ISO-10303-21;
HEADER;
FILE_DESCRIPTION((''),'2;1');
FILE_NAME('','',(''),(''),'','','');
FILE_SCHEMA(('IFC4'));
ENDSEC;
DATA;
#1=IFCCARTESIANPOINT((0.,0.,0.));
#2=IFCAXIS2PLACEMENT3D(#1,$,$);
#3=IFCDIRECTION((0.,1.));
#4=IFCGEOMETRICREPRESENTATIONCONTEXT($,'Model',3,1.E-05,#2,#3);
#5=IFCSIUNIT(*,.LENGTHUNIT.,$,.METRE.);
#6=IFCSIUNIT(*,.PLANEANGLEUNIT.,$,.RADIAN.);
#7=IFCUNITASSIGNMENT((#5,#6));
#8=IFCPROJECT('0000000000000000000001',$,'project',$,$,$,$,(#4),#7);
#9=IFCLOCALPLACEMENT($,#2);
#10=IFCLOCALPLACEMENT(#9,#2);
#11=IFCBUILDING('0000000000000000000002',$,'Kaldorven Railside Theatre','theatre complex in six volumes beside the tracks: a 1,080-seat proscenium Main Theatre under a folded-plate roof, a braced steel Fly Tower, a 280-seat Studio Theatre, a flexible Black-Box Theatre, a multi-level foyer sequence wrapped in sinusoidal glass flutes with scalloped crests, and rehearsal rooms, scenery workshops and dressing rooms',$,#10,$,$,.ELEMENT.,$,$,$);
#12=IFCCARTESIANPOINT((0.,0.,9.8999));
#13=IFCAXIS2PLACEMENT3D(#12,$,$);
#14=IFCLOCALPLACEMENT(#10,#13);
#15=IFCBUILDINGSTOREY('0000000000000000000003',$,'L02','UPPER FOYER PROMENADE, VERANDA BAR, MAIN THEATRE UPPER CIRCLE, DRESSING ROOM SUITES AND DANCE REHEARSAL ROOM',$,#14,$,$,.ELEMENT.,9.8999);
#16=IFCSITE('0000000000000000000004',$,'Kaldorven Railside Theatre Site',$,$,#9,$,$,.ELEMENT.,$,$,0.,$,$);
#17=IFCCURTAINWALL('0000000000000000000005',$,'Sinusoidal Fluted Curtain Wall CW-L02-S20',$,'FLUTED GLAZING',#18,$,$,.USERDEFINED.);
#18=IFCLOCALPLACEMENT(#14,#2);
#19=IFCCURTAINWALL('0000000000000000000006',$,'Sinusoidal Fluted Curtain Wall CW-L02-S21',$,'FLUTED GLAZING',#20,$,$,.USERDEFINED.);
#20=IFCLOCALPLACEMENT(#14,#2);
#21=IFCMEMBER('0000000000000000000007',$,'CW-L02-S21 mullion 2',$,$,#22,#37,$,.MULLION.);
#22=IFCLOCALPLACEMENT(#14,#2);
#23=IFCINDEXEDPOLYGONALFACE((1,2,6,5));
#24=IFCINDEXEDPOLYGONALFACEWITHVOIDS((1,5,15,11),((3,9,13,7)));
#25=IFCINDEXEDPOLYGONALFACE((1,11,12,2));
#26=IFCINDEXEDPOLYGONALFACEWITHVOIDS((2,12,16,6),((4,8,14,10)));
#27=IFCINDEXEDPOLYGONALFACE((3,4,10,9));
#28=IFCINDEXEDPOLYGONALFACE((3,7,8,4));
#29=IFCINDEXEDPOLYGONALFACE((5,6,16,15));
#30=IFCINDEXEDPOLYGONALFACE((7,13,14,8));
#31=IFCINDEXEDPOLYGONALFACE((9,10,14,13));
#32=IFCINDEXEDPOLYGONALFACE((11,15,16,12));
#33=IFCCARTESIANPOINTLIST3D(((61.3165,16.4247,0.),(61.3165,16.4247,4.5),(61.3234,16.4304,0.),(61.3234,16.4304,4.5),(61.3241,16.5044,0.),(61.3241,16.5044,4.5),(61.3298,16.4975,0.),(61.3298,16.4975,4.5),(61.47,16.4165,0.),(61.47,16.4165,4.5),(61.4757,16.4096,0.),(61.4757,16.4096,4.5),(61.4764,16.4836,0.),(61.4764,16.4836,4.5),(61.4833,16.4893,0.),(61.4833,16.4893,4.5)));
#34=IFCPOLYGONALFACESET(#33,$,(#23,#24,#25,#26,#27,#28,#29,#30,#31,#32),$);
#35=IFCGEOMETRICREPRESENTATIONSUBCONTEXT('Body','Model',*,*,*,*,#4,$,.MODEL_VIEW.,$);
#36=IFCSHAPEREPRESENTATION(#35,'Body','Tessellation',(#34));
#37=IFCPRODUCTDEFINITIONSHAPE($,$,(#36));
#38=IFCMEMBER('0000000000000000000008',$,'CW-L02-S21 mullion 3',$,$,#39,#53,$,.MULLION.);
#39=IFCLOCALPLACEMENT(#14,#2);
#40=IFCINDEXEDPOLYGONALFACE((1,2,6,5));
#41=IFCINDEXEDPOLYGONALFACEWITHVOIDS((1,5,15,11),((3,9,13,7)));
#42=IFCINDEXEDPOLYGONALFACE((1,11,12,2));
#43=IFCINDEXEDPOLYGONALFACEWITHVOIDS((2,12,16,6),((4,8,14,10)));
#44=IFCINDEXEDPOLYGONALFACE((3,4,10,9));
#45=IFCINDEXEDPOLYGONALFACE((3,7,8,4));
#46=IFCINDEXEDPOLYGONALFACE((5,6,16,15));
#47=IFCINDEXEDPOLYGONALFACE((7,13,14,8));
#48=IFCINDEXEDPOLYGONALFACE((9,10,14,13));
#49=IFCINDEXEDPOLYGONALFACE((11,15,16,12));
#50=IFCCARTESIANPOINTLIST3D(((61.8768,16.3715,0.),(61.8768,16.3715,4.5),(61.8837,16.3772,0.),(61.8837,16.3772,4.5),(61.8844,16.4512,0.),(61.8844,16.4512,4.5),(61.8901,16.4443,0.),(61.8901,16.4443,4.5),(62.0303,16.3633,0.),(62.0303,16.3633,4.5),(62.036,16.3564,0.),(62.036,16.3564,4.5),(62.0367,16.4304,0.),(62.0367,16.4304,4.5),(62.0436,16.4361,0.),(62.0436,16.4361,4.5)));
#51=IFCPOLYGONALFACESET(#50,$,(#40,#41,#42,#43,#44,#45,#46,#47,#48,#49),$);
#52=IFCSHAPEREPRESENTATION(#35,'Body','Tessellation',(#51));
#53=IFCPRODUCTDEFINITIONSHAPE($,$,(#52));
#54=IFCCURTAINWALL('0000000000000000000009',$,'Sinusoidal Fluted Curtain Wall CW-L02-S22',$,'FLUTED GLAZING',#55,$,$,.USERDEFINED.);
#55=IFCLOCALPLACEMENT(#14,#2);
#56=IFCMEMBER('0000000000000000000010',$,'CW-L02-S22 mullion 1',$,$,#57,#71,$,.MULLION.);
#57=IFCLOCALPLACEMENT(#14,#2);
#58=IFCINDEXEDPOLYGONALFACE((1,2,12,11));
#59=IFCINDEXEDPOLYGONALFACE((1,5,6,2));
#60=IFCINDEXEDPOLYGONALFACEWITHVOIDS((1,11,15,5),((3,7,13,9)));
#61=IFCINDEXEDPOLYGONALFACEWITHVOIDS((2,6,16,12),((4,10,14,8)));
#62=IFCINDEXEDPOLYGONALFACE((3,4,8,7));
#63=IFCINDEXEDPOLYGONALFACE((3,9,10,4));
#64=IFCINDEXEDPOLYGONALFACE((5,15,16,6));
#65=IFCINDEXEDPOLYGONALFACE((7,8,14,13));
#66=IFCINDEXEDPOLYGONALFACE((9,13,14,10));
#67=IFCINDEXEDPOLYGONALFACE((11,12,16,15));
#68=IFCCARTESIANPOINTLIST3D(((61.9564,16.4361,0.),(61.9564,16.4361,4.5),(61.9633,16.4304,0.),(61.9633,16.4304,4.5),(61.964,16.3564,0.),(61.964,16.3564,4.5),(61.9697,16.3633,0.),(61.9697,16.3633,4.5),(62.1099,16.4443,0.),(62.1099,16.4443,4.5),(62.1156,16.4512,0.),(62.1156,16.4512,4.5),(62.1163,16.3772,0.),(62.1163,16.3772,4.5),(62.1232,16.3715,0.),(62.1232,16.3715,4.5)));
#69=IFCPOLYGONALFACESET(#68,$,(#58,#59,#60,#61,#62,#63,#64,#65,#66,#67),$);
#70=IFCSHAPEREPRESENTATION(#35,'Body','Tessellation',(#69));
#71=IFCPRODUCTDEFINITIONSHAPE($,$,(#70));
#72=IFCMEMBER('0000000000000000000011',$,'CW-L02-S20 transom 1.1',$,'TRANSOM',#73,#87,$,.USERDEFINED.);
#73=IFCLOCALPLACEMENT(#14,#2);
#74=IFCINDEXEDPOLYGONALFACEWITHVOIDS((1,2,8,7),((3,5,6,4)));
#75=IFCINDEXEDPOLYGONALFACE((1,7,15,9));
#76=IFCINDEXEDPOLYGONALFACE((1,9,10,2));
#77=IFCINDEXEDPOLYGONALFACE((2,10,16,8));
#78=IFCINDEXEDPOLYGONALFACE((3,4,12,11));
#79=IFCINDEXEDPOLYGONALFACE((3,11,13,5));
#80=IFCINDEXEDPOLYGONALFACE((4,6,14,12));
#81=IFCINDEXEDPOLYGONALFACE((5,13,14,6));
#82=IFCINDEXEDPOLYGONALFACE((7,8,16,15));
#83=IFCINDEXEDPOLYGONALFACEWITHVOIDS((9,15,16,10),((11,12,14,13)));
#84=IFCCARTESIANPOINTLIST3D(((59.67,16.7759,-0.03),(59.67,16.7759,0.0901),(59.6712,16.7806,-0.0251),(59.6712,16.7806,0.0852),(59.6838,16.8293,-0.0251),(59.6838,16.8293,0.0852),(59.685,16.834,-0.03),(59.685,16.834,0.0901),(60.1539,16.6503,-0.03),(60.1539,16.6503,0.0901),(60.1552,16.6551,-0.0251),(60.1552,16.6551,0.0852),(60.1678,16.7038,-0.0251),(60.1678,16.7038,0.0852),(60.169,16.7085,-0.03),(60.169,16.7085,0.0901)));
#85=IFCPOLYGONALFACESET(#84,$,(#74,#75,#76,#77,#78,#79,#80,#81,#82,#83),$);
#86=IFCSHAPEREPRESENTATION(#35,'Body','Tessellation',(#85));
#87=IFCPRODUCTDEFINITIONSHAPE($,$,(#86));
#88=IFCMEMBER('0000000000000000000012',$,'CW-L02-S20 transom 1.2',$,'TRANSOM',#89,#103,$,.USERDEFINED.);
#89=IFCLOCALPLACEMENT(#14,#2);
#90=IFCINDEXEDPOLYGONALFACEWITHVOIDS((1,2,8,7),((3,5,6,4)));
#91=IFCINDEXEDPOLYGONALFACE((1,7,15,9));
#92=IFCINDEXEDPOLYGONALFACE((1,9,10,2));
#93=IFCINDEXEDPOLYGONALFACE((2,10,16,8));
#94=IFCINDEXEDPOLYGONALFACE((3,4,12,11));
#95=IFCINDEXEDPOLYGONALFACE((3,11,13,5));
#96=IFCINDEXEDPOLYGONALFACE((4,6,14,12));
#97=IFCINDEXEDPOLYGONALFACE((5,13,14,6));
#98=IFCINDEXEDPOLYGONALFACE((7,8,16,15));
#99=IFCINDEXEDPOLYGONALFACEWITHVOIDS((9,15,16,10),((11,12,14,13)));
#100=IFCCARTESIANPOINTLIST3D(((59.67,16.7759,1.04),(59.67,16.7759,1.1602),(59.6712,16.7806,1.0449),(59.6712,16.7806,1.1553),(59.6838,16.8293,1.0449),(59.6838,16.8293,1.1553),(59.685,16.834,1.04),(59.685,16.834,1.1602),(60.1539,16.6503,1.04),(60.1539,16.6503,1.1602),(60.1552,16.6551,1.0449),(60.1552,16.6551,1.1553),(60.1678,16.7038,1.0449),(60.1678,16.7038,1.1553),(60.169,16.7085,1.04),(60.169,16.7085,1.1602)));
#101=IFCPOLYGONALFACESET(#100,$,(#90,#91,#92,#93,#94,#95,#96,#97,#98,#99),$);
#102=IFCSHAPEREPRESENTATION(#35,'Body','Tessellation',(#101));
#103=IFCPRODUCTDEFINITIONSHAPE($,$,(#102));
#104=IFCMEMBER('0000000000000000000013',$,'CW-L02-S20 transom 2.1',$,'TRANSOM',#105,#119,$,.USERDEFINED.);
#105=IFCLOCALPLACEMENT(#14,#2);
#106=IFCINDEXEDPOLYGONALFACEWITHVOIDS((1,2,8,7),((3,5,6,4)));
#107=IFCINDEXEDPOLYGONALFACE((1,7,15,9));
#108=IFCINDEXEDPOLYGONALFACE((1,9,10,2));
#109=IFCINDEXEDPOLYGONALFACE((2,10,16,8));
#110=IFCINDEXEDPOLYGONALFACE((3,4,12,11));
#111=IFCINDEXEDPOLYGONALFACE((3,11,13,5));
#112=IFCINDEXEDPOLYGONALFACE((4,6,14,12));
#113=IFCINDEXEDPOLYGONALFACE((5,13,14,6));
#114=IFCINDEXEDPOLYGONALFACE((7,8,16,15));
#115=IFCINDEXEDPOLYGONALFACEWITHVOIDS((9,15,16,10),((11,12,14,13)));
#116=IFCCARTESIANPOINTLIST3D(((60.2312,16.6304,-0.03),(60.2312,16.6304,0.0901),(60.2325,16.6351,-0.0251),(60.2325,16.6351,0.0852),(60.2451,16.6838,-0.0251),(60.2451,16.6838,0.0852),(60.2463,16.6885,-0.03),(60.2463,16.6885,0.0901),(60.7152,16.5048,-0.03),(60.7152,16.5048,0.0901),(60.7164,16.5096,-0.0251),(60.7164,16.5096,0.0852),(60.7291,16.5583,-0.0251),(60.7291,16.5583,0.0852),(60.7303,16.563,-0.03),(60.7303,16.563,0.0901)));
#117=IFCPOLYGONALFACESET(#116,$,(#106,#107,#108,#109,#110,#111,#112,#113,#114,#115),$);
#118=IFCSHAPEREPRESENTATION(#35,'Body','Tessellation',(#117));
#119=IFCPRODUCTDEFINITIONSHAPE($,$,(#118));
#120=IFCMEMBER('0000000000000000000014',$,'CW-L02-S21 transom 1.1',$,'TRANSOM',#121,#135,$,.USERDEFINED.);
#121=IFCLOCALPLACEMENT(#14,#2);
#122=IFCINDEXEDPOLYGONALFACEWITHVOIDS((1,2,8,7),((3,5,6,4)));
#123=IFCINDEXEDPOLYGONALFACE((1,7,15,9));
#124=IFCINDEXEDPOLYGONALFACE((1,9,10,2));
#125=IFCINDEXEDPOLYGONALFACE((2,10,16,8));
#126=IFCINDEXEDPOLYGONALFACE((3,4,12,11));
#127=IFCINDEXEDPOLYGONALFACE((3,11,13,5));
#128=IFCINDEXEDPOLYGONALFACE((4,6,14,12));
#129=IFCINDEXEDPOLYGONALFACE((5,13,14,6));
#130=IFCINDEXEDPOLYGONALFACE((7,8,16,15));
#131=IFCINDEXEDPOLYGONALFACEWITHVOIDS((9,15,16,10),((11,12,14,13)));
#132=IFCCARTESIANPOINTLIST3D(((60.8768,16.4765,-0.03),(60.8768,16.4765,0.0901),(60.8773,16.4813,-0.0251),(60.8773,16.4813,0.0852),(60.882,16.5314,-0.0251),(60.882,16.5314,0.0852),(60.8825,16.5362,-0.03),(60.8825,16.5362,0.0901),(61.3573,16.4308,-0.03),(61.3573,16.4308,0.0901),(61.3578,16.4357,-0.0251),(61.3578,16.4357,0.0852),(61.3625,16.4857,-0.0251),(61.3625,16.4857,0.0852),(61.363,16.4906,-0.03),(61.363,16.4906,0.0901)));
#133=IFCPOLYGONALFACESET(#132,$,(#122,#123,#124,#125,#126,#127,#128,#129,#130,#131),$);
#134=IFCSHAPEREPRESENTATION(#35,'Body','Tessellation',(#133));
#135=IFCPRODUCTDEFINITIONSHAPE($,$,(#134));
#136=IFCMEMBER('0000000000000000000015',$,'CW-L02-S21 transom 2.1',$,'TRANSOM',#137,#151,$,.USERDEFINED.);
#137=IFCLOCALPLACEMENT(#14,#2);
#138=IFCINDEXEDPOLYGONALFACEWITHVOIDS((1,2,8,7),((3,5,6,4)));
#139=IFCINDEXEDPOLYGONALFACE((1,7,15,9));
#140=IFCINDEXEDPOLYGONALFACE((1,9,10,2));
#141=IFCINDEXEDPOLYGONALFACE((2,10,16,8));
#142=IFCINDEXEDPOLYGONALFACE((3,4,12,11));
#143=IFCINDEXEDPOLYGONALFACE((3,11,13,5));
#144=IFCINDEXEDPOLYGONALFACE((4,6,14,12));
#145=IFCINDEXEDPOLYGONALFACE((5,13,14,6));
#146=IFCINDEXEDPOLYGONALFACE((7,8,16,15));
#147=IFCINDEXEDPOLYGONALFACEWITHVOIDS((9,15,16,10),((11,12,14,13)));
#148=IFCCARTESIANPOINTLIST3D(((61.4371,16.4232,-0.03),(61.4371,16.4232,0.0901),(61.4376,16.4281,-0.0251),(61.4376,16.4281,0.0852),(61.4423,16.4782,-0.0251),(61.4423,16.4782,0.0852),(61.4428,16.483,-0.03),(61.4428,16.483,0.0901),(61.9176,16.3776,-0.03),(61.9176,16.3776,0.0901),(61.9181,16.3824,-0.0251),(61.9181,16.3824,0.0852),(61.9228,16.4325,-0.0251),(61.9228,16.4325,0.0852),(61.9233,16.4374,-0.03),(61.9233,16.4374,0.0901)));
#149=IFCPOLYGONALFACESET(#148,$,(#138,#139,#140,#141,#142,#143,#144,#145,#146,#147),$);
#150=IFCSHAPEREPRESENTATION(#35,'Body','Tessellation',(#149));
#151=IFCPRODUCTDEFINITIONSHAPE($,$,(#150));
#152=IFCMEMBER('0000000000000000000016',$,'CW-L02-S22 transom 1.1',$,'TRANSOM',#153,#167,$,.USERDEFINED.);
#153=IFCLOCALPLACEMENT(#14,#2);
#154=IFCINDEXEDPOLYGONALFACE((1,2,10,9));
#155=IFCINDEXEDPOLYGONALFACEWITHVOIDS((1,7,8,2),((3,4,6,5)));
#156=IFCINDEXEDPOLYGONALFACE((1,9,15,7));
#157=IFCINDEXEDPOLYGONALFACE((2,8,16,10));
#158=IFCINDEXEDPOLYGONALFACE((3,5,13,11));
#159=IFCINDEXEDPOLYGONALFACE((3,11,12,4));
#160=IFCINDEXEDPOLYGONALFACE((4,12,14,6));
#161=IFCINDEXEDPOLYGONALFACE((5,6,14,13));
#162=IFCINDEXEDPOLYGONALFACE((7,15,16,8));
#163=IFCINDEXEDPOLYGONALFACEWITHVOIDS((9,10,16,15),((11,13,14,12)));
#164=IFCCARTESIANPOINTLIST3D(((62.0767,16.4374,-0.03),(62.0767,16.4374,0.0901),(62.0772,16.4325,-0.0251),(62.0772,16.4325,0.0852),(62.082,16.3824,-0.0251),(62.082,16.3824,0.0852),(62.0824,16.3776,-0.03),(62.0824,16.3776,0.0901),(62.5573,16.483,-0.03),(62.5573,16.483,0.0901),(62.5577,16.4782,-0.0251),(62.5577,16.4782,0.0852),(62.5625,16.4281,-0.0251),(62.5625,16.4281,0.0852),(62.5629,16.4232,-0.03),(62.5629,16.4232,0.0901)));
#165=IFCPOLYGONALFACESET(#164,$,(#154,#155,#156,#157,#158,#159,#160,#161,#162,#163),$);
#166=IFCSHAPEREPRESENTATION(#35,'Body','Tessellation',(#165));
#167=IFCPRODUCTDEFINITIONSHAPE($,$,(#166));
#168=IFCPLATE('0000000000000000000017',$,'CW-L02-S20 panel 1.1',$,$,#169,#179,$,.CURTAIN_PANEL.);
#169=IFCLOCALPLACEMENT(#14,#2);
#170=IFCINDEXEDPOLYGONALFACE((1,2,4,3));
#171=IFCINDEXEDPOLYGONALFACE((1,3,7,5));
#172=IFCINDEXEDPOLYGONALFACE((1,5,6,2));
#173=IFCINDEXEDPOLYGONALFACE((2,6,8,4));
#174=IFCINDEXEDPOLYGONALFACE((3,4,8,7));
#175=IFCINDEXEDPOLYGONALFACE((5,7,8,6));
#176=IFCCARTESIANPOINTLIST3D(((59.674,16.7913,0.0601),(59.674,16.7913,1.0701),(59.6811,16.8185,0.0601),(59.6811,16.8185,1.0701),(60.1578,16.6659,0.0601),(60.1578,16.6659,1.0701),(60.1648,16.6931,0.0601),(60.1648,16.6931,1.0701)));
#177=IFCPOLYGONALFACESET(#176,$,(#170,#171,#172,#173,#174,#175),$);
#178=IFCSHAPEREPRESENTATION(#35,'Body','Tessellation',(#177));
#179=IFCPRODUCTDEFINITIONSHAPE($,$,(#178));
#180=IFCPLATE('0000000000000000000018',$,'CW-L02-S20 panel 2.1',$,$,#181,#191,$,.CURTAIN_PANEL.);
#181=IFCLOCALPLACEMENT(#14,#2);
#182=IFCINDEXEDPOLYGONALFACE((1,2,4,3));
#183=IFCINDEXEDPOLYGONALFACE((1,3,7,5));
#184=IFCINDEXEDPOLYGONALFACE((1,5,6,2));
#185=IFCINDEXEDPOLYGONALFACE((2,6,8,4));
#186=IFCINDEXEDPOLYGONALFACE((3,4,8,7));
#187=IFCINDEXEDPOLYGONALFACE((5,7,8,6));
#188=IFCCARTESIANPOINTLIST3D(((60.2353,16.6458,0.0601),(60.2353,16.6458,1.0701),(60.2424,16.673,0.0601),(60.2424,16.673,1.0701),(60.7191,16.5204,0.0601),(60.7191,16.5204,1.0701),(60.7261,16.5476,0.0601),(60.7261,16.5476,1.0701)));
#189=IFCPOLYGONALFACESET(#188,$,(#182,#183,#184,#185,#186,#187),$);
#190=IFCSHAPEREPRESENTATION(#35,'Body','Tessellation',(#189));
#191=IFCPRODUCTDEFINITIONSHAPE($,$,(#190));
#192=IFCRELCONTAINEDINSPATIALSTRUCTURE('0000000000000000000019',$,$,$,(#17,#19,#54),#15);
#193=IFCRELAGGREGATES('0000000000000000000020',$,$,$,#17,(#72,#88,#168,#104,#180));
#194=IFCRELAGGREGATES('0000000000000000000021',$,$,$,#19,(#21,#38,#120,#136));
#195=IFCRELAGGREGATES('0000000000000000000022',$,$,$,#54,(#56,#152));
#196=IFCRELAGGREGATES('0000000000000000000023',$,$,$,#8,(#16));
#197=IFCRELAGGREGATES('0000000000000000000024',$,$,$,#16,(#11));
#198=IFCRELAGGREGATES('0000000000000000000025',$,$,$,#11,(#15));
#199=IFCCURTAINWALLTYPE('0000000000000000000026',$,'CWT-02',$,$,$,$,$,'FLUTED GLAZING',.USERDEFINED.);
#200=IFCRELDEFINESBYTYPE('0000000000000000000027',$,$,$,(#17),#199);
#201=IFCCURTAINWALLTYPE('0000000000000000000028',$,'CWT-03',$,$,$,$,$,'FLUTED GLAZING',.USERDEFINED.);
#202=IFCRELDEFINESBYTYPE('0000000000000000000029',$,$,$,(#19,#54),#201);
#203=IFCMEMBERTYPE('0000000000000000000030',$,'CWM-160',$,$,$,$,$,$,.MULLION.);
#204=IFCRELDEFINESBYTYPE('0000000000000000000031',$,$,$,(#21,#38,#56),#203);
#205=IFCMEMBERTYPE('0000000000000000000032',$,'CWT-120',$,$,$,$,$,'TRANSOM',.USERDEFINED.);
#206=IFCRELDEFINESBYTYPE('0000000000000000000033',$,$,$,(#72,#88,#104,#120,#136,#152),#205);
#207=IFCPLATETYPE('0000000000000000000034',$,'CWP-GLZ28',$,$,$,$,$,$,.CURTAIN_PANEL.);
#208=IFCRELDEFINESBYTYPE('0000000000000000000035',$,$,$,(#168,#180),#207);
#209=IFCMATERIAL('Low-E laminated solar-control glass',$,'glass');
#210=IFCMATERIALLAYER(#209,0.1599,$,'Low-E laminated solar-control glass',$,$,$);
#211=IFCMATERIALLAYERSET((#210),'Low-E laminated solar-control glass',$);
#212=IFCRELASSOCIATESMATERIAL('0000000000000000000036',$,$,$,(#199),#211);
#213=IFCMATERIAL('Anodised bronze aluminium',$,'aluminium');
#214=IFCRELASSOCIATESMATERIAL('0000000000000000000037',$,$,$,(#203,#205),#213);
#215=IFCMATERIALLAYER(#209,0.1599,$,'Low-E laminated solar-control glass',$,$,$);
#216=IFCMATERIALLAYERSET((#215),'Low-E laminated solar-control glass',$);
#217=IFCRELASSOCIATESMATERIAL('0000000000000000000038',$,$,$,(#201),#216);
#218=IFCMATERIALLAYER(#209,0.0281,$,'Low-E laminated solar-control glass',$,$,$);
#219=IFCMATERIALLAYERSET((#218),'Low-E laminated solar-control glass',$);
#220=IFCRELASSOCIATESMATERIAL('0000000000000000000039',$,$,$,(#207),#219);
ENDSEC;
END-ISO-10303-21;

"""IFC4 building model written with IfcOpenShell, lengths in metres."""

from ifc_helpers import new_model, si_unit, direction, frame, origin, origin_2d, place, context, subcontext, project, spatial, rectangle, hollow_rectangle, extrude, material, layer, layer_set, material_profile, profile_set, type_object, element, aggregate, save


model = new_model("IFC4")

# Units and contexts
model_context = context("Model", 3, precision=1e-05, world=origin(), true_north=direction((0.0, 1.0)))
body_context = subcontext(model_context, "Body", "Model", "MODEL_VIEW")
ifc_project = project(units=[si_unit("LENGTHUNIT", "METRE"), si_unit("PLANEANGLEUNIT", "RADIAN")], contexts=[model_context])

# Site, building, storey
site_placement = place(None, origin())
site = spatial("IfcSite", under=ifc_project, at=site_placement, Name="Kaldorven Railside Theatre Site", CompositionType="ELEMENT", RefElevation=0.0)
building_placement = place(site_placement, origin())
building = spatial("IfcBuilding", under=site, at=building_placement, Name="Kaldorven Railside Theatre", Description="theatre complex in six volumes beside the tracks: a 1,080-seat proscenium Main Theatre under a folded-plate roof, a braced steel Fly Tower, a 280-seat Studio Theatre, a flexible Black-Box Theatre, a multi-level foyer sequence wrapped in sinusoidal glass flutes with scalloped crests, and rehearsal rooms, scenery workshops and dressing rooms", CompositionType="ELEMENT")
storey_placement = place(building_placement, frame((0.0, 0.0, 9.8999)))
storey = spatial("IfcBuildingStorey", under=building, at=storey_placement, Name="L02", Description="UPPER FOYER PROMENADE, VERANDA BAR, MAIN THEATRE UPPER CIRCLE, DRESSING ROOM SUITES AND DANCE REHEARSAL ROOM", CompositionType="ELEMENT", Elevation=9.8999)

# Curtain walls, members
ifc_material_1 = material(Name="Low-E laminated solar-control glass", Category="glass")
ifc_layer_1 = layer(ifc_material_1, 0.1599, Name="Low-E laminated solar-control glass")
ifc_layer_set_1 = layer_set([ifc_layer_1], Name="Low-E laminated solar-control glass")
curtain_wall_type_1 = type_object("IfcCurtainWallType", Name="CWT-02", ElementType="FLUTED GLAZING", PredefinedType="USERDEFINED", material=ifc_layer_set_1)
curtain_wall_1_placement = place(storey_placement, origin())
curtain_wall_1 = element("IfcCurtainWall", 1, at=curtain_wall_1_placement, inside=storey, type_object=curtain_wall_type_1, Name="Sinusoidal Fluted Curtain Wall CW-L02-S20", ObjectType="FLUTED GLAZING", PredefinedType="USERDEFINED")
ifc_material_2 = material(Name="Anodised bronze aluminium", Category="aluminium")
ifc_material_profile_1 = material_profile(ifc_material_2, hollow_rectangle(XDim=0.0801, YDim=0.1599, WallThickness=0.0063, at=origin_2d()), Name="RHS 160x80x6.3")
ifc_profile_set_1 = profile_set([ifc_material_profile_1], Name="Anodised bronze aluminium")
member_type_1 = type_object("IfcMemberType", Name="CWM-160", PredefinedType="MULLION", material=ifc_profile_set_1)
ifc_layer_2 = layer(ifc_material_1, 0.1599, Name="Low-E laminated solar-control glass")
ifc_layer_set_2 = layer_set([ifc_layer_2], Name="Low-E laminated solar-control glass")
curtain_wall_type_2 = type_object("IfcCurtainWallType", Name="CWT-03", ElementType="FLUTED GLAZING", PredefinedType="USERDEFINED", material=ifc_layer_set_2)
curtain_wall_2_placement = place(storey_placement, origin())
curtain_wall_2 = element("IfcCurtainWall", 2, at=curtain_wall_2_placement, inside=storey, type_object=curtain_wall_type_2, Name="Sinusoidal Fluted Curtain Wall CW-L02-S21", ObjectType="FLUTED GLAZING", PredefinedType="USERDEFINED")
member_1_placement = place(storey_placement, frame((61.3999, 16.457, 0.0), z_axis=(0.0, 0.0, 1.0), x_axis=(0.094492, 0.995526, 0.0)))
member_1 = element("IfcMember", 3, at=member_1_placement, type_object=member_type_1, Name="CW-L02-S21 mullion 2", PredefinedType="MULLION", context=body_context, shape_type="SweptSolid", body=[
    extrude(hollow_rectangle(XDim=0.0801, YDim=0.1599, WallThickness=0.0063, at=origin_2d()), origin(), (0.0, 0.0, 1.0), 4.5),
])
member_2_placement = place(storey_placement, frame((61.9602, 16.4038, 0.0), z_axis=(0.0, 0.0, 1.0), x_axis=(0.094492, 0.995526, 0.0)))
member_2 = element("IfcMember", 4, at=member_2_placement, type_object=member_type_1, Name="CW-L02-S21 mullion 3", PredefinedType="MULLION", context=body_context, shape_type="SweptSolid", body=[
    extrude(hollow_rectangle(XDim=0.0801, YDim=0.1599, WallThickness=0.0063, at=origin_2d()), origin(), (0.0, 0.0, 1.0), 4.5),
])

# Curtain wall, member
curtain_wall_3_placement = place(storey_placement, origin())
curtain_wall_3 = element("IfcCurtainWall", 5, at=curtain_wall_3_placement, inside=storey, type_object=curtain_wall_type_2, Name="Sinusoidal Fluted Curtain Wall CW-L02-S22", ObjectType="FLUTED GLAZING", PredefinedType="USERDEFINED")
member_3_placement = place(storey_placement, frame((62.0398, 16.4038, 0.0), z_axis=(0.0, 0.0, 1.0), x_axis=(-0.094492, 0.995526, 0.0)))
member_3 = element("IfcMember", 6, at=member_3_placement, type_object=member_type_1, Name="CW-L02-S22 mullion 1", PredefinedType="MULLION", context=body_context, shape_type="SweptSolid", body=[
    extrude(hollow_rectangle(XDim=0.0801, YDim=0.1599, WallThickness=0.0063, at=origin_2d()), origin(), (0.0, 0.0, 1.0), 4.5),
])

# Members
ifc_material_profile_2 = material_profile(ifc_material_2, hollow_rectangle(XDim=0.0601, YDim=0.1201, WallThickness=0.0049, at=origin_2d()), Name="RHS 120x60x5")
ifc_profile_set_2 = profile_set([ifc_material_profile_2], Name="Anodised bronze aluminium")
member_type_2 = type_object("IfcMemberType", Name="CWT-120", ElementType="TRANSOM", PredefinedType="USERDEFINED", material=ifc_profile_set_2)
member_4_placement = place(storey_placement, frame((59.6775, 16.8049, 0.03), z_axis=(0.967979, -0.25103, 0.0), x_axis=(0.25103, 0.967979, 0.0)))
member_4 = element("IfcMember", 7, at=member_4_placement, type_object=member_type_2, Name="CW-L02-S20 transom 1.1", ObjectType="TRANSOM", PredefinedType="USERDEFINED", context=body_context, shape_type="SweptSolid", body=[
    extrude(hollow_rectangle(XDim=0.0601, YDim=0.1201, WallThickness=0.0049, at=origin_2d()), origin(), (0.0, 0.0, 1.0), 0.5),
])
member_5_placement = place(storey_placement, frame((59.6775, 16.8049, 1.1001), z_axis=(0.967979, -0.25103, 0.0), x_axis=(0.25103, 0.967979, 0.0)))
member_5 = element("IfcMember", 8, at=member_5_placement, type_object=member_type_2, Name="CW-L02-S20 transom 1.2", ObjectType="TRANSOM", PredefinedType="USERDEFINED", context=body_context, shape_type="SweptSolid", body=[
    extrude(hollow_rectangle(XDim=0.0601, YDim=0.1201, WallThickness=0.0049, at=origin_2d()), origin(), (0.0, 0.0, 1.0), 0.5),
])
member_6_placement = place(storey_placement, frame((60.2388, 16.6594, 0.03), z_axis=(0.967979, -0.25103, 0.0), x_axis=(0.25103, 0.967979, 0.0)))
member_6 = element("IfcMember", 9, at=member_6_placement, type_object=member_type_2, Name="CW-L02-S20 transom 2.1", ObjectType="TRANSOM", PredefinedType="USERDEFINED", context=body_context, shape_type="SweptSolid", body=[
    extrude(hollow_rectangle(XDim=0.0601, YDim=0.1201, WallThickness=0.0049, at=origin_2d()), origin(), (0.0, 0.0, 1.0), 0.5),
])
member_7_placement = place(storey_placement, frame((60.8796, 16.5063, 0.03), z_axis=(0.995516, -0.094594, 0.0), x_axis=(0.094594, 0.995516, 0.0)))
member_7 = element("IfcMember", 10, at=member_7_placement, type_object=member_type_2, Name="CW-L02-S21 transom 1.1", ObjectType="TRANSOM", PredefinedType="USERDEFINED", context=body_context, shape_type="SweptSolid", body=[
    extrude(hollow_rectangle(XDim=0.0601, YDim=0.1201, WallThickness=0.0049, at=origin_2d()), origin(), (0.0, 0.0, 1.0), 0.4827),
])
member_8_placement = place(storey_placement, frame((61.4399, 16.4531, 0.03), z_axis=(0.995516, -0.094594, 0.0), x_axis=(0.094594, 0.995516, 0.0)))
member_8 = element("IfcMember", 11, at=member_8_placement, type_object=member_type_2, Name="CW-L02-S21 transom 2.1", ObjectType="TRANSOM", PredefinedType="USERDEFINED", context=body_context, shape_type="SweptSolid", body=[
    extrude(hollow_rectangle(XDim=0.0601, YDim=0.1201, WallThickness=0.0049, at=origin_2d()), origin(), (0.0, 0.0, 1.0), 0.4827),
])
member_9_placement = place(storey_placement, frame((62.0796, 16.4075, 0.03), z_axis=(0.995516, 0.094594, 0.0), x_axis=(-0.094594, 0.995516, 0.0)))
member_9 = element("IfcMember", 12, at=member_9_placement, type_object=member_type_2, Name="CW-L02-S22 transom 1.1", ObjectType="TRANSOM", PredefinedType="USERDEFINED", context=body_context, shape_type="SweptSolid", body=[
    extrude(hollow_rectangle(XDim=0.0601, YDim=0.1201, WallThickness=0.0049, at=origin_2d()), origin(), (0.0, 0.0, 1.0), 0.4827),
])

# Plates
ifc_layer_3 = layer(ifc_material_1, 0.0281, Name="Low-E laminated solar-control glass")
ifc_layer_set_3 = layer_set([ifc_layer_3], Name="Low-E laminated solar-control glass")
plate_type = type_object("IfcPlateType", Name="CWP-GLZ28", PredefinedType="CURTAIN_PANEL", material=ifc_layer_set_3)
plate_1_placement = place(storey_placement, frame((59.9194, 16.7422, 0.0601), z_axis=(0.0, 0.0, 1.0), x_axis=(0.967999, -0.250954, 0.0)))
plate_1 = element("IfcPlate", 13, at=plate_1_placement, type_object=plate_type, Name="CW-L02-S20 panel 1.1", PredefinedType="CURTAIN_PANEL", context=body_context, shape_type="SweptSolid", body=[
    extrude(rectangle(XDim=0.4998, YDim=0.0281, at=origin_2d()), origin(), (0.0, 0.0, 1.0), 1.01),
])
plate_2_placement = place(storey_placement, frame((60.4807, 16.5967, 0.0601), z_axis=(0.0, 0.0, 1.0), x_axis=(0.967999, -0.250954, 0.0)))
plate_2 = element("IfcPlate", 14, at=plate_2_placement, type_object=plate_type, Name="CW-L02-S20 panel 2.1", PredefinedType="CURTAIN_PANEL", context=body_context, shape_type="SweptSolid", body=[
    extrude(rectangle(XDim=0.4998, YDim=0.0281, at=origin_2d()), origin(), (0.0, 0.0, 1.0), 1.01),
])
aggregate(curtain_wall_1, [member_4, member_5, plate_1, member_6, plate_2])
aggregate(curtain_wall_2, [member_1, member_2, member_7, member_8])
aggregate(curtain_wall_3, [member_3, member_9])

save(model, "model.ifc")
